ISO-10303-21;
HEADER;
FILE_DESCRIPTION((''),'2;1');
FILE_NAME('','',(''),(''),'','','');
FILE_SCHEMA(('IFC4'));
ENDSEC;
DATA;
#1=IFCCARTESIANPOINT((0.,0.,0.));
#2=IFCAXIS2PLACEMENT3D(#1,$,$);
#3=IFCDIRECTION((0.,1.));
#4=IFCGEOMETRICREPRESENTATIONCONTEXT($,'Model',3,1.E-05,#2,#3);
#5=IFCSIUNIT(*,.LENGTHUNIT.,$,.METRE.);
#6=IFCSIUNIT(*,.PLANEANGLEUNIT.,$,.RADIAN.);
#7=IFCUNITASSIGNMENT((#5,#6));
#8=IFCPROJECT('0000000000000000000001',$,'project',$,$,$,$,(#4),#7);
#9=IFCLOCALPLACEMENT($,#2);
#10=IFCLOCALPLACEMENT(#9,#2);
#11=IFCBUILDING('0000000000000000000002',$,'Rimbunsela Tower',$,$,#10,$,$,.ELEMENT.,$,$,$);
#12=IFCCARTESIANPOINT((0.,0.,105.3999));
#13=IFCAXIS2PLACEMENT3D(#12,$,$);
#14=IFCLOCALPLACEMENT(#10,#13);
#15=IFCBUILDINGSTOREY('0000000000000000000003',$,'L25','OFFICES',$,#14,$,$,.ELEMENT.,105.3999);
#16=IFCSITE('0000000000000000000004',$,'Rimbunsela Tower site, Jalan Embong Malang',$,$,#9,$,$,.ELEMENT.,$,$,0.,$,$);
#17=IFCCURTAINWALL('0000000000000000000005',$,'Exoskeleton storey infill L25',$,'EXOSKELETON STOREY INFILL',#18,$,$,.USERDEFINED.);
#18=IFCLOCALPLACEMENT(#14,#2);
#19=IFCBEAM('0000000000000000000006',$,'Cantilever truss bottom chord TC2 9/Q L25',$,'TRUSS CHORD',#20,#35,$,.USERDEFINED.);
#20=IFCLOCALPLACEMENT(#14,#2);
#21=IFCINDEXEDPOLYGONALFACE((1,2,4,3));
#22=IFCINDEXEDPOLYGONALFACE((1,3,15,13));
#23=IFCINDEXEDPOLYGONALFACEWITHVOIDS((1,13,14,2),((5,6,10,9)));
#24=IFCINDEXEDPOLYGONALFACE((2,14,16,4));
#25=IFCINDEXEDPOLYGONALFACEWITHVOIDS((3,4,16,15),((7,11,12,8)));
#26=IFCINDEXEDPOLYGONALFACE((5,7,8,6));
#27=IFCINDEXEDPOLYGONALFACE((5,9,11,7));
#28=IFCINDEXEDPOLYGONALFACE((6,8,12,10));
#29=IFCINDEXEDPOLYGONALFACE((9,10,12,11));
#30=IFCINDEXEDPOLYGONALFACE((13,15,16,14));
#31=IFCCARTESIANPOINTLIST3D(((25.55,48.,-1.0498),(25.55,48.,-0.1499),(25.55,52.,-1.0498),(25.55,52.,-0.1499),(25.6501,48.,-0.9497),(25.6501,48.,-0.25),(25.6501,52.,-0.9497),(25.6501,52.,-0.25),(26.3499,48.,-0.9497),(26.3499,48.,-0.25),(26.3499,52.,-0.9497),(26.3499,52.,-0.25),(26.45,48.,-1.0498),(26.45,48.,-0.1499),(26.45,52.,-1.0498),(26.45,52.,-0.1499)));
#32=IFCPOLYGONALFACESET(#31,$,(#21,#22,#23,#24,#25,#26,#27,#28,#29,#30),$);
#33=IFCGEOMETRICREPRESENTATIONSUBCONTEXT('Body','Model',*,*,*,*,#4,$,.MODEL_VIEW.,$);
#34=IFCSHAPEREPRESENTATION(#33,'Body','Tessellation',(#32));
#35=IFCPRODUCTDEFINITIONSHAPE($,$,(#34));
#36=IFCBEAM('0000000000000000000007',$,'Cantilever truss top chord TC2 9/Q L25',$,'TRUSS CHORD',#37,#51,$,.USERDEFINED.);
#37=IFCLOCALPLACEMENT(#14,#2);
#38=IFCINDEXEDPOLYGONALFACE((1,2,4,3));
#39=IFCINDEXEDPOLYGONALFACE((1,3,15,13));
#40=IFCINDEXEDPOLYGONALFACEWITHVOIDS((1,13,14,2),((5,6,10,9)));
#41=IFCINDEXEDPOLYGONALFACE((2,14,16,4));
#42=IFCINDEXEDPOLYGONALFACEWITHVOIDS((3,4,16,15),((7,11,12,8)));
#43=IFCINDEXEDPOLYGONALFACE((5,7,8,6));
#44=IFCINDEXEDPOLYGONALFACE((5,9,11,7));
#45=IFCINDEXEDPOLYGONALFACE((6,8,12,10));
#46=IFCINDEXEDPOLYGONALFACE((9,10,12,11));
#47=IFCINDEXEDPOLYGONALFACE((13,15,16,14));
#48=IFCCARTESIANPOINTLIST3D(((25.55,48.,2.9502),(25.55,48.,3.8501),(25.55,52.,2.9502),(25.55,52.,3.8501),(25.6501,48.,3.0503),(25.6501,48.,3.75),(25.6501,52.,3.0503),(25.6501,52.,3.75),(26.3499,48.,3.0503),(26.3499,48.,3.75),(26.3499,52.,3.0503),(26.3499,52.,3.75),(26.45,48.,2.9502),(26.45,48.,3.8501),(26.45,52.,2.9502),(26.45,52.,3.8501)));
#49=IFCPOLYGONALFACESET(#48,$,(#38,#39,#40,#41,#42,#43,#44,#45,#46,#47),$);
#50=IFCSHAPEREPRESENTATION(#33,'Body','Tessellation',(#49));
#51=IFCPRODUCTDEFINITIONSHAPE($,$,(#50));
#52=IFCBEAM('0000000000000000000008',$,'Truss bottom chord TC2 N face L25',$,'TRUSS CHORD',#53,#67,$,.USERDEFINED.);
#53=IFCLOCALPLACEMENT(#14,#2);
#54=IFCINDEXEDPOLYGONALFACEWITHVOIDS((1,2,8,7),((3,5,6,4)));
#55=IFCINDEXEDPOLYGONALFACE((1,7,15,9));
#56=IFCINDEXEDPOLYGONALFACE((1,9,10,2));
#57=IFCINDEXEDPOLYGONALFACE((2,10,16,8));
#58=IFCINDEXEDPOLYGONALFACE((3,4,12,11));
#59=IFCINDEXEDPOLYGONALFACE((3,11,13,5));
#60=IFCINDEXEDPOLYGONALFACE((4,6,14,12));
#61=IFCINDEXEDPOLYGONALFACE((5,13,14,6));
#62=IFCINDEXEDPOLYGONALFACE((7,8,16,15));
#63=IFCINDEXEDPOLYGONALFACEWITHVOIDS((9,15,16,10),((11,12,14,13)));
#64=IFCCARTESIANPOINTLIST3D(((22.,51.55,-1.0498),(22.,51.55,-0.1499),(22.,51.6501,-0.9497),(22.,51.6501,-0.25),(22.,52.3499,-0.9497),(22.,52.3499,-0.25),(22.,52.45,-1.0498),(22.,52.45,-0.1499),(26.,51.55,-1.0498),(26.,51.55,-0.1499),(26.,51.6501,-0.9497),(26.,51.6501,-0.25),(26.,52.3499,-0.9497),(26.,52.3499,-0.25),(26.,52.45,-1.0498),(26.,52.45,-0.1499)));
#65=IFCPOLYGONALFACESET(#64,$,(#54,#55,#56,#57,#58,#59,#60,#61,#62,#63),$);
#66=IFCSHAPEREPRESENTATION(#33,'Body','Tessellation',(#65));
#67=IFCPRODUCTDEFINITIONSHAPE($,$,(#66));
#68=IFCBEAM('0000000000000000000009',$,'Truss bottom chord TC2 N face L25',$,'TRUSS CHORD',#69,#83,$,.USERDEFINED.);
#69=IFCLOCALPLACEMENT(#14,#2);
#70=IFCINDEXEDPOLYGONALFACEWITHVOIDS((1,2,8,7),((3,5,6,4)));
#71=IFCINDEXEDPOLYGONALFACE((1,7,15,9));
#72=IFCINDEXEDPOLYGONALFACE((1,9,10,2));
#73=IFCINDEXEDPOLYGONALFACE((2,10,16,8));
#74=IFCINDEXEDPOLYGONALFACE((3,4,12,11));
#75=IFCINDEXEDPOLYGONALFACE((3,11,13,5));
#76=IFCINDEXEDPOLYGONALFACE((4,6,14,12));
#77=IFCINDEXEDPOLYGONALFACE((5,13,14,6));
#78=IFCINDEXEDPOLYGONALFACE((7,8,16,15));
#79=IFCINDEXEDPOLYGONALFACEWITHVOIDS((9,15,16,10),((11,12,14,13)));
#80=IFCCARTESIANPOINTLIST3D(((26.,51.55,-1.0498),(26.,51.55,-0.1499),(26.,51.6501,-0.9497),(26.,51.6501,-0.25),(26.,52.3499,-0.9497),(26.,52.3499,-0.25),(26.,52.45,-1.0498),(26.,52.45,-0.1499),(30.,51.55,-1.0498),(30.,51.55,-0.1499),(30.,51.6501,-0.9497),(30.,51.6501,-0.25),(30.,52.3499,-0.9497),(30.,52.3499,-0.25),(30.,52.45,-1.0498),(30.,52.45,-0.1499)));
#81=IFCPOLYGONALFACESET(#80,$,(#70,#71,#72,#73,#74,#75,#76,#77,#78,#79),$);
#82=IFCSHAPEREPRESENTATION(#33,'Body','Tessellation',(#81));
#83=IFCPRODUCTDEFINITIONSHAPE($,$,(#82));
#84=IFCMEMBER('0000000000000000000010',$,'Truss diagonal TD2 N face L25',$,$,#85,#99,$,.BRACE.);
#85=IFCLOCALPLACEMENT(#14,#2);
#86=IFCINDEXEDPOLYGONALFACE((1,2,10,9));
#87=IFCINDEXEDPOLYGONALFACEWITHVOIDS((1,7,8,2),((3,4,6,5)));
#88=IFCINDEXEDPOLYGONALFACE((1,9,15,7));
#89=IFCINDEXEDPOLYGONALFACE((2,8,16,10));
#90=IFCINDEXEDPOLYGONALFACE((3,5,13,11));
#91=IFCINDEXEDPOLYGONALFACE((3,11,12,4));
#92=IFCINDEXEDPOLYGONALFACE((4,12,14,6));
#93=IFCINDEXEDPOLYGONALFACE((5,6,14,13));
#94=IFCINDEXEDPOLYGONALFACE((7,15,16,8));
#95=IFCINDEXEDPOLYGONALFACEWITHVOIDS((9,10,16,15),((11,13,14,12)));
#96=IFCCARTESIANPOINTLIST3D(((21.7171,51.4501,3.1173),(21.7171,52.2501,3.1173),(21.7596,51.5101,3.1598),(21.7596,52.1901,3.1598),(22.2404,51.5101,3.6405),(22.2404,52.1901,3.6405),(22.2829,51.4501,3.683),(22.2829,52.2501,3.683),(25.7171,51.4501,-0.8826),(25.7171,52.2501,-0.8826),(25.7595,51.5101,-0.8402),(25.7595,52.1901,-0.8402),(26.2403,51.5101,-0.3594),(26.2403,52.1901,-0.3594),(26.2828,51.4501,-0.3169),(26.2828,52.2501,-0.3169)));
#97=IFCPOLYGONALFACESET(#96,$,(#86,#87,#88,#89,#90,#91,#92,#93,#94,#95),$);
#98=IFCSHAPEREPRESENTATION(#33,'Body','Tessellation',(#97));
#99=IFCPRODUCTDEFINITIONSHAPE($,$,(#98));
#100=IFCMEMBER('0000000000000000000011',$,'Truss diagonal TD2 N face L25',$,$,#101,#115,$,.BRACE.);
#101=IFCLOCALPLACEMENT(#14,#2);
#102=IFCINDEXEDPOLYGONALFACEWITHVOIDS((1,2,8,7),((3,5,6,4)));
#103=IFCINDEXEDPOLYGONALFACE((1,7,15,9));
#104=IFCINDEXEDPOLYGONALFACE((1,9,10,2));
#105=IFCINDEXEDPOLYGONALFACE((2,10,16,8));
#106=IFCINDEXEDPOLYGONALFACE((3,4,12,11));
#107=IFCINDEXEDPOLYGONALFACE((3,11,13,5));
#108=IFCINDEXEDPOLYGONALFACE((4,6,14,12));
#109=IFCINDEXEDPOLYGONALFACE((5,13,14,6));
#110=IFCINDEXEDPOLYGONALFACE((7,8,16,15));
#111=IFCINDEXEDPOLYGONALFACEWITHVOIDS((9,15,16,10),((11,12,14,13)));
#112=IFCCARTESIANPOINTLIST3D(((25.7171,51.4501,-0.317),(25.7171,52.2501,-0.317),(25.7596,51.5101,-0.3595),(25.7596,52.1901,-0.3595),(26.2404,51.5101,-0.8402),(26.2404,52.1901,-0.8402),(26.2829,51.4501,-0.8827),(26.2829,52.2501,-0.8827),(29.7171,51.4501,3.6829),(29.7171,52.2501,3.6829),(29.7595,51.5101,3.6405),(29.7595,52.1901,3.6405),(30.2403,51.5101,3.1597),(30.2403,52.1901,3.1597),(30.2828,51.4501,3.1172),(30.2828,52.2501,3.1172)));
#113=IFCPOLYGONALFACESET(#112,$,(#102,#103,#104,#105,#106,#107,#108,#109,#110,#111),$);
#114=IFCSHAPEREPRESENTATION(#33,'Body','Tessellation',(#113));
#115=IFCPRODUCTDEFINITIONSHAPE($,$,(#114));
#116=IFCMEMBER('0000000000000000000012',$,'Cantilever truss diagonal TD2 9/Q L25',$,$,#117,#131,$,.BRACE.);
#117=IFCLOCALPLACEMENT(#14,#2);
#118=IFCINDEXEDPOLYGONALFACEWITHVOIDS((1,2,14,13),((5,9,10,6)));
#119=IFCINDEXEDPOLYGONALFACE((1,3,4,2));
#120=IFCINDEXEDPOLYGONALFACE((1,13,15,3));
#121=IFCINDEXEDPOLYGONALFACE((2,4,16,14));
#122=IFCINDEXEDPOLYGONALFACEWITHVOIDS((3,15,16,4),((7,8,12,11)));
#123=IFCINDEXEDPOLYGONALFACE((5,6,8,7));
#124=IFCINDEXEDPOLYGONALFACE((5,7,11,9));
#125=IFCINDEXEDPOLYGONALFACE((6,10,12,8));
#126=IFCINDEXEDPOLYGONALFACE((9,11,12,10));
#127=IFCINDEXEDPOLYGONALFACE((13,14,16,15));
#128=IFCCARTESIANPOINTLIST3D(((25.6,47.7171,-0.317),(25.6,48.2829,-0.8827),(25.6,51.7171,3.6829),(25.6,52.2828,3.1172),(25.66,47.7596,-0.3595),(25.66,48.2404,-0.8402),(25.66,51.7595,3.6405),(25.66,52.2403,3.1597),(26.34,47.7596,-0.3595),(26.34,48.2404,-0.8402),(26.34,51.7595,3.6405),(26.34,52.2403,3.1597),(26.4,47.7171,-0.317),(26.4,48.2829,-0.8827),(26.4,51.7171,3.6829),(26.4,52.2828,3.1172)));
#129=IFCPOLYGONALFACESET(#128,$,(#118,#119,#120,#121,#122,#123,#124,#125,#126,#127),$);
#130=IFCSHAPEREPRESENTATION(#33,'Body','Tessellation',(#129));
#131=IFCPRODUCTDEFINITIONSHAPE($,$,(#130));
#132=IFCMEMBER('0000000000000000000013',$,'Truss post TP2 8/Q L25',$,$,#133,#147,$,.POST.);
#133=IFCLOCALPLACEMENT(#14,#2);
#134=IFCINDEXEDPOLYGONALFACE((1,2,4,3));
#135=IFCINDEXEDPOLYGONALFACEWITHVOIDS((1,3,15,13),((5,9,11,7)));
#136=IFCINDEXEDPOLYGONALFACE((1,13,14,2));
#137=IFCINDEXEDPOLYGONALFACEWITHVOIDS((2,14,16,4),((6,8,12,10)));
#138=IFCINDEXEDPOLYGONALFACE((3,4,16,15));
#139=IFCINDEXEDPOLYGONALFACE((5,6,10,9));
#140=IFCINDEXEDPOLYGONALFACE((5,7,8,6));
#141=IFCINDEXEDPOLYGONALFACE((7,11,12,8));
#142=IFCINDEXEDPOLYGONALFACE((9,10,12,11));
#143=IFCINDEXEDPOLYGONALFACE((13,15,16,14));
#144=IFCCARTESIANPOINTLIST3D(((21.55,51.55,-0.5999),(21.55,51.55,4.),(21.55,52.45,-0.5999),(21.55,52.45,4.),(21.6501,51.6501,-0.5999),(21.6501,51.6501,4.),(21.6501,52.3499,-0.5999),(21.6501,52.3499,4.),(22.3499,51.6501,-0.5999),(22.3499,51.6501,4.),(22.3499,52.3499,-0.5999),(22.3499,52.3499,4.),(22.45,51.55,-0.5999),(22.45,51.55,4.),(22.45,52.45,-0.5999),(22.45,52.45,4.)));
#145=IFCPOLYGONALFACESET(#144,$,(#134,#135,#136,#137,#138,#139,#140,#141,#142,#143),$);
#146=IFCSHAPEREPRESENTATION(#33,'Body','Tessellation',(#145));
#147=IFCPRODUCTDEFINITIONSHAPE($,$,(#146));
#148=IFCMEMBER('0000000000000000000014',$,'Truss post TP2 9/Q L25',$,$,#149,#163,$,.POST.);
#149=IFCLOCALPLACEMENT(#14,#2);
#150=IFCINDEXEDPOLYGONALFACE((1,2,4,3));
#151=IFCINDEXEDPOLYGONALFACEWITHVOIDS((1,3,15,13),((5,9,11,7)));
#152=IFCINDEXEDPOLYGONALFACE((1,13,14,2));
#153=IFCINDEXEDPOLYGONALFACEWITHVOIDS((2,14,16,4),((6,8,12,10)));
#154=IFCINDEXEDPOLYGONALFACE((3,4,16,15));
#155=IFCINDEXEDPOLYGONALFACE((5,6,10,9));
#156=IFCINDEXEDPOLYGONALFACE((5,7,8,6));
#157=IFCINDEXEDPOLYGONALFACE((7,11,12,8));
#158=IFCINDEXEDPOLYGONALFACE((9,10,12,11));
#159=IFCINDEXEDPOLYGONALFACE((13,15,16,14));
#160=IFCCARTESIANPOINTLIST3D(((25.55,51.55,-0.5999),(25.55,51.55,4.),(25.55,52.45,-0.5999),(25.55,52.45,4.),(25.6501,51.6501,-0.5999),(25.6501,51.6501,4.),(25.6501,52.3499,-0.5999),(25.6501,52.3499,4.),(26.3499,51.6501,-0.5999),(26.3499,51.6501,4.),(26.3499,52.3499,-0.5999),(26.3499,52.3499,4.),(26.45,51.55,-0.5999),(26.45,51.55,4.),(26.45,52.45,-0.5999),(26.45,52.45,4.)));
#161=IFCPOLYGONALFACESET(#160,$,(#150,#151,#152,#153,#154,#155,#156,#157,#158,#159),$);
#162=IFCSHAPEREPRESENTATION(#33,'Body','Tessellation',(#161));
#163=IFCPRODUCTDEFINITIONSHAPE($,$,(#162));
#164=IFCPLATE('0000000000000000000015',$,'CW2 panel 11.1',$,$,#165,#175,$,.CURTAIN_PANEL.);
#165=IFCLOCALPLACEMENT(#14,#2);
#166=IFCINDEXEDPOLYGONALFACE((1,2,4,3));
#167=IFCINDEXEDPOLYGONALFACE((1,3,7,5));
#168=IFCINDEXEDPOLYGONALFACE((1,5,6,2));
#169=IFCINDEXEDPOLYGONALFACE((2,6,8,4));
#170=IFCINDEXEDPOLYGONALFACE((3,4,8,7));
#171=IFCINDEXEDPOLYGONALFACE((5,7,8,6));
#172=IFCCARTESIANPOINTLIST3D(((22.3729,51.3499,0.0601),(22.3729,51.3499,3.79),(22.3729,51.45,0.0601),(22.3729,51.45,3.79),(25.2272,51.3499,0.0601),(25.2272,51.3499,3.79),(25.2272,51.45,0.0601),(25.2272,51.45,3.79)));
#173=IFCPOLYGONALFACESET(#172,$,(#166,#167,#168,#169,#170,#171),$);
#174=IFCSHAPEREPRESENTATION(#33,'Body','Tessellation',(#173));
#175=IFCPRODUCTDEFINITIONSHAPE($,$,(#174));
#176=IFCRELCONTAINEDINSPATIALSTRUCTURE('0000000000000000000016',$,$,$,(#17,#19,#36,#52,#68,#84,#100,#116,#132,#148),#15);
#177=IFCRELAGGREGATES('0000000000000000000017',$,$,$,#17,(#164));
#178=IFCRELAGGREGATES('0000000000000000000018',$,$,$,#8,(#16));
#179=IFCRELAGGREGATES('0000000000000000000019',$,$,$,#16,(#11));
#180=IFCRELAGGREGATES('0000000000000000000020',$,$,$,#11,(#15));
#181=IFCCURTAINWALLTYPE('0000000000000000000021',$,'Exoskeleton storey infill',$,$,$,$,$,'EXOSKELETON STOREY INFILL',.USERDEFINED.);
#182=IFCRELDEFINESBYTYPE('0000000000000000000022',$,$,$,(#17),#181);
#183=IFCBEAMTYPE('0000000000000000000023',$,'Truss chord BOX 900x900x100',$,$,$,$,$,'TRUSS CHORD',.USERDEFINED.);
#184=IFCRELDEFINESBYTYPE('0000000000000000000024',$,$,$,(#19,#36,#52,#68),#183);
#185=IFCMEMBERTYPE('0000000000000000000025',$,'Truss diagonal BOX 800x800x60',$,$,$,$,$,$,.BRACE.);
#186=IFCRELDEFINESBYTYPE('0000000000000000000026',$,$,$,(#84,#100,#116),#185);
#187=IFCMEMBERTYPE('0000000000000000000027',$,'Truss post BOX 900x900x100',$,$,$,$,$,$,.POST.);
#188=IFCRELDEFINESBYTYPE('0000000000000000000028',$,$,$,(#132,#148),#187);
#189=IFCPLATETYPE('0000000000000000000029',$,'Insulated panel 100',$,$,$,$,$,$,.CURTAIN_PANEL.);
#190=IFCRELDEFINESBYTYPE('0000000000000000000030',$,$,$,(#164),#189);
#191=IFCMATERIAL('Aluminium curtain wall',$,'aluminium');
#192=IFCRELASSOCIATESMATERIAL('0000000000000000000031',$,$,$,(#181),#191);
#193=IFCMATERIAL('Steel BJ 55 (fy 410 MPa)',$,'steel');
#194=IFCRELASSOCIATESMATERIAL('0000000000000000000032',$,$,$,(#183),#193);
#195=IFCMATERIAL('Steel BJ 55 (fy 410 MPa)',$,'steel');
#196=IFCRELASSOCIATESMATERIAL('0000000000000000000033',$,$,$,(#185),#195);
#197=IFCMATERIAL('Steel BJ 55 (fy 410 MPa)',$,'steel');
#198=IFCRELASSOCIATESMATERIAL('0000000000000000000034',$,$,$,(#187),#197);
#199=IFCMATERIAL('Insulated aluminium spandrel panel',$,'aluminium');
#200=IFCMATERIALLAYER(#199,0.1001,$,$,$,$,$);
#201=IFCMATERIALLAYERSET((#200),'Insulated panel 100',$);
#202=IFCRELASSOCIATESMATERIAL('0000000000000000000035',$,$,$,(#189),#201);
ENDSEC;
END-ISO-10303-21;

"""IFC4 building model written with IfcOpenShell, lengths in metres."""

from ifc_helpers import new_model, si_unit, direction, frame, origin, origin_2d, place, context, subcontext, project, spatial, rectangle, hollow_rectangle, extrude, material, layer, layer_set, material_profile, profile_set, type_object, element, aggregate, save


model = new_model("IFC4")

# Units and contexts
model_context = context("Model", 3, precision=1e-05, world=origin(), true_north=direction((0.0, 1.0)))
body_context = subcontext(model_context, "Body", "Model", "MODEL_VIEW")
ifc_project = project(units=[si_unit("LENGTHUNIT", "METRE"), si_unit("PLANEANGLEUNIT", "RADIAN")], contexts=[model_context])

# Site, building, storey
site_placement = place(None, origin())
site = spatial("IfcSite", under=ifc_project, at=site_placement, Name="Rimbunsela Tower site, Jalan Embong Malang", CompositionType="ELEMENT", RefElevation=0.0)
building_placement = place(site_placement, origin())
building = spatial("IfcBuilding", under=site, at=building_placement, Name="Rimbunsela Tower", CompositionType="ELEMENT")
storey_placement = place(building_placement, frame((0.0, 0.0, 105.3999)))
storey = spatial("IfcBuildingStorey", under=building, at=storey_placement, Name="L25", Description="OFFICES", CompositionType="ELEMENT", Elevation=105.3999)

# Curtain wall
ifc_material_1 = material(Name="Aluminium curtain wall", Category="aluminium")
curtain_wall_type = type_object("IfcCurtainWallType", Name="Exoskeleton storey infill", ElementType="EXOSKELETON STOREY INFILL", PredefinedType="USERDEFINED", material=ifc_material_1)
curtain_wall_placement = place(storey_placement, origin())
curtain_wall = element("IfcCurtainWall", 1, at=curtain_wall_placement, inside=storey, type_object=curtain_wall_type, Name="Exoskeleton storey infill L25", ObjectType="EXOSKELETON STOREY INFILL", PredefinedType="USERDEFINED")

# Beams
ifc_material_2 = material(Name="Steel BJ 55 (fy 410 MPa)", Category="steel")
ifc_material_profile_1 = material_profile(ifc_material_2, hollow_rectangle(XDim=0.8999, YDim=0.8999, WallThickness=0.1001, at=origin_2d()), Name="BOX 900x900x100")
ifc_profile_set_1 = profile_set([ifc_material_profile_1], Name="Steel BJ 55 (fy 410 MPa)")
beam_type_1 = type_object("IfcBeamType", Name="Truss chord BOX 900x900x100", ElementType="TRUSS CHORD", PredefinedType="USERDEFINED", material=ifc_profile_set_1)
for number, where, z_axis, x_axis, name in (
    (2, (26.0, 48.0, -0.5999), (0.0, 1.0, 0.0), (-1.0, 0.0, 0.0), "Cantilever truss bottom chord TC2 9/Q L25"),
    (3, (26.0, 48.0, 3.4001), (0.0, 1.0, 0.0), (-1.0, 0.0, 0.0), "Cantilever truss top chord TC2 9/Q L25"),
    (4, (22.0, 52.0, -0.5999), (1.0, 0.0, 0.0), (0.0, 1.0, 0.0), "Truss bottom chord TC2 N face L25"),
    (5, (26.0, 52.0, -0.5999), (1.0, 0.0, 0.0), (0.0, 1.0, 0.0), "Truss bottom chord TC2 N face L25"),
):
    element("IfcBeam", number, at=place(storey_placement, frame(where, z_axis=z_axis, x_axis=x_axis)), inside=storey, type_object=beam_type_1, Name=name, ObjectType="TRUSS CHORD", PredefinedType="USERDEFINED", context=body_context, shape_type="SweptSolid", body=[
        extrude(hollow_rectangle(XDim=0.8999, YDim=0.8999, WallThickness=0.1001, at=origin_2d()), origin(), (0.0, 0.0, 1.0), 4.0),
    ])

# Members
ifc_material_3 = material(Name="Steel BJ 55 (fy 410 MPa)", Category="steel")
ifc_material_profile_2 = material_profile(ifc_material_3, hollow_rectangle(XDim=0.8, YDim=0.8, WallThickness=0.0601, at=origin_2d()), Name="BOX 800x800x60")
ifc_profile_set_2 = profile_set([ifc_material_profile_2], Name="Steel BJ 55 (fy 410 MPa)")
member_type_1 = type_object("IfcMemberType", Name="Truss diagonal BOX 800x800x60", PredefinedType="BRACE", material=ifc_profile_set_2)
for number, where, z_axis, x_axis, name in (
    (6, (22.0, 51.8501, 3.4001), (0.707107, 0.0, -0.707107), (0.0, 1.0, 0.0), "Truss diagonal TD2 N face L25"),
    (7, (26.0, 51.8501, -0.5999), (0.707107, 0.0, 0.707107), (0.0, 1.0, 0.0), "Truss diagonal TD2 N face L25"),
    (8, (26.0, 48.0, -0.5999), (0.0, 0.707107, 0.707107), (-1.0, 0.0, 0.0), "Cantilever truss diagonal TD2 9/Q L25"),
):
    element("IfcMember", number, at=place(storey_placement, frame(where, z_axis=z_axis, x_axis=x_axis)), inside=storey, type_object=member_type_1, Name=name, PredefinedType="BRACE", context=body_context, shape_type="SweptSolid", body=[
        extrude(hollow_rectangle(XDim=0.8, YDim=0.8, WallThickness=0.0601, at=origin_2d()), origin(), (0.0, 0.0, 1.0), 5.6567),
    ])
ifc_material_4 = material(Name="Steel BJ 55 (fy 410 MPa)", Category="steel")
ifc_material_profile_3 = material_profile(ifc_material_4, hollow_rectangle(XDim=0.8999, YDim=0.8999, WallThickness=0.1001, at=origin_2d()), Name="BOX 900x900x100")
ifc_profile_set_3 = profile_set([ifc_material_profile_3], Name="Steel BJ 55 (fy 410 MPa)")
member_type_2 = type_object("IfcMemberType", Name="Truss post BOX 900x900x100", PredefinedType="POST", material=ifc_profile_set_3)
for number, where, z_axis, x_axis, name in (
    (9, (22.0, 52.0, -0.5999), (0.0, 0.0, 1.0), (1.0, 0.0, 0.0), "Truss post TP2 8/Q L25"),
    (10, (26.0, 52.0, -0.5999), (0.0, 0.0, 1.0), (1.0, 0.0, 0.0), "Truss post TP2 9/Q L25"),
):
    element("IfcMember", number, at=place(storey_placement, frame(where, z_axis=z_axis, x_axis=x_axis)), inside=storey, type_object=member_type_2, Name=name, PredefinedType="POST", context=body_context, shape_type="SweptSolid", body=[
        extrude(hollow_rectangle(XDim=0.8999, YDim=0.8999, WallThickness=0.1001, at=origin_2d()), origin(), (0.0, 0.0, 1.0), 4.5999),
    ])

# Plate
ifc_material_5 = material(Name="Insulated aluminium spandrel panel", Category="aluminium")
ifc_layer = layer(ifc_material_5, 0.1001)
ifc_layer_set = layer_set([ifc_layer], Name="Insulated panel 100")
plate_type = type_object("IfcPlateType", Name="Insulated panel 100", PredefinedType="CURTAIN_PANEL", material=ifc_layer_set)
plate_placement = place(storey_placement, frame((23.8, 51.3999, 0.0601), z_axis=(0.0, 0.0, 1.0), x_axis=(-1.0, 0.0, 0.0)))
plate = element("IfcPlate", 11, at=plate_placement, type_object=plate_type, Name="CW2 panel 11.1", PredefinedType="CURTAIN_PANEL", context=body_context, shape_type="SweptSolid", body=[
    extrude(rectangle(XDim=2.8542, YDim=0.1001, at=origin_2d()), origin(), (0.0, 0.0, 1.0), 3.73),
])
aggregate(curtain_wall, [plate])

save(model, "model.ifc")
